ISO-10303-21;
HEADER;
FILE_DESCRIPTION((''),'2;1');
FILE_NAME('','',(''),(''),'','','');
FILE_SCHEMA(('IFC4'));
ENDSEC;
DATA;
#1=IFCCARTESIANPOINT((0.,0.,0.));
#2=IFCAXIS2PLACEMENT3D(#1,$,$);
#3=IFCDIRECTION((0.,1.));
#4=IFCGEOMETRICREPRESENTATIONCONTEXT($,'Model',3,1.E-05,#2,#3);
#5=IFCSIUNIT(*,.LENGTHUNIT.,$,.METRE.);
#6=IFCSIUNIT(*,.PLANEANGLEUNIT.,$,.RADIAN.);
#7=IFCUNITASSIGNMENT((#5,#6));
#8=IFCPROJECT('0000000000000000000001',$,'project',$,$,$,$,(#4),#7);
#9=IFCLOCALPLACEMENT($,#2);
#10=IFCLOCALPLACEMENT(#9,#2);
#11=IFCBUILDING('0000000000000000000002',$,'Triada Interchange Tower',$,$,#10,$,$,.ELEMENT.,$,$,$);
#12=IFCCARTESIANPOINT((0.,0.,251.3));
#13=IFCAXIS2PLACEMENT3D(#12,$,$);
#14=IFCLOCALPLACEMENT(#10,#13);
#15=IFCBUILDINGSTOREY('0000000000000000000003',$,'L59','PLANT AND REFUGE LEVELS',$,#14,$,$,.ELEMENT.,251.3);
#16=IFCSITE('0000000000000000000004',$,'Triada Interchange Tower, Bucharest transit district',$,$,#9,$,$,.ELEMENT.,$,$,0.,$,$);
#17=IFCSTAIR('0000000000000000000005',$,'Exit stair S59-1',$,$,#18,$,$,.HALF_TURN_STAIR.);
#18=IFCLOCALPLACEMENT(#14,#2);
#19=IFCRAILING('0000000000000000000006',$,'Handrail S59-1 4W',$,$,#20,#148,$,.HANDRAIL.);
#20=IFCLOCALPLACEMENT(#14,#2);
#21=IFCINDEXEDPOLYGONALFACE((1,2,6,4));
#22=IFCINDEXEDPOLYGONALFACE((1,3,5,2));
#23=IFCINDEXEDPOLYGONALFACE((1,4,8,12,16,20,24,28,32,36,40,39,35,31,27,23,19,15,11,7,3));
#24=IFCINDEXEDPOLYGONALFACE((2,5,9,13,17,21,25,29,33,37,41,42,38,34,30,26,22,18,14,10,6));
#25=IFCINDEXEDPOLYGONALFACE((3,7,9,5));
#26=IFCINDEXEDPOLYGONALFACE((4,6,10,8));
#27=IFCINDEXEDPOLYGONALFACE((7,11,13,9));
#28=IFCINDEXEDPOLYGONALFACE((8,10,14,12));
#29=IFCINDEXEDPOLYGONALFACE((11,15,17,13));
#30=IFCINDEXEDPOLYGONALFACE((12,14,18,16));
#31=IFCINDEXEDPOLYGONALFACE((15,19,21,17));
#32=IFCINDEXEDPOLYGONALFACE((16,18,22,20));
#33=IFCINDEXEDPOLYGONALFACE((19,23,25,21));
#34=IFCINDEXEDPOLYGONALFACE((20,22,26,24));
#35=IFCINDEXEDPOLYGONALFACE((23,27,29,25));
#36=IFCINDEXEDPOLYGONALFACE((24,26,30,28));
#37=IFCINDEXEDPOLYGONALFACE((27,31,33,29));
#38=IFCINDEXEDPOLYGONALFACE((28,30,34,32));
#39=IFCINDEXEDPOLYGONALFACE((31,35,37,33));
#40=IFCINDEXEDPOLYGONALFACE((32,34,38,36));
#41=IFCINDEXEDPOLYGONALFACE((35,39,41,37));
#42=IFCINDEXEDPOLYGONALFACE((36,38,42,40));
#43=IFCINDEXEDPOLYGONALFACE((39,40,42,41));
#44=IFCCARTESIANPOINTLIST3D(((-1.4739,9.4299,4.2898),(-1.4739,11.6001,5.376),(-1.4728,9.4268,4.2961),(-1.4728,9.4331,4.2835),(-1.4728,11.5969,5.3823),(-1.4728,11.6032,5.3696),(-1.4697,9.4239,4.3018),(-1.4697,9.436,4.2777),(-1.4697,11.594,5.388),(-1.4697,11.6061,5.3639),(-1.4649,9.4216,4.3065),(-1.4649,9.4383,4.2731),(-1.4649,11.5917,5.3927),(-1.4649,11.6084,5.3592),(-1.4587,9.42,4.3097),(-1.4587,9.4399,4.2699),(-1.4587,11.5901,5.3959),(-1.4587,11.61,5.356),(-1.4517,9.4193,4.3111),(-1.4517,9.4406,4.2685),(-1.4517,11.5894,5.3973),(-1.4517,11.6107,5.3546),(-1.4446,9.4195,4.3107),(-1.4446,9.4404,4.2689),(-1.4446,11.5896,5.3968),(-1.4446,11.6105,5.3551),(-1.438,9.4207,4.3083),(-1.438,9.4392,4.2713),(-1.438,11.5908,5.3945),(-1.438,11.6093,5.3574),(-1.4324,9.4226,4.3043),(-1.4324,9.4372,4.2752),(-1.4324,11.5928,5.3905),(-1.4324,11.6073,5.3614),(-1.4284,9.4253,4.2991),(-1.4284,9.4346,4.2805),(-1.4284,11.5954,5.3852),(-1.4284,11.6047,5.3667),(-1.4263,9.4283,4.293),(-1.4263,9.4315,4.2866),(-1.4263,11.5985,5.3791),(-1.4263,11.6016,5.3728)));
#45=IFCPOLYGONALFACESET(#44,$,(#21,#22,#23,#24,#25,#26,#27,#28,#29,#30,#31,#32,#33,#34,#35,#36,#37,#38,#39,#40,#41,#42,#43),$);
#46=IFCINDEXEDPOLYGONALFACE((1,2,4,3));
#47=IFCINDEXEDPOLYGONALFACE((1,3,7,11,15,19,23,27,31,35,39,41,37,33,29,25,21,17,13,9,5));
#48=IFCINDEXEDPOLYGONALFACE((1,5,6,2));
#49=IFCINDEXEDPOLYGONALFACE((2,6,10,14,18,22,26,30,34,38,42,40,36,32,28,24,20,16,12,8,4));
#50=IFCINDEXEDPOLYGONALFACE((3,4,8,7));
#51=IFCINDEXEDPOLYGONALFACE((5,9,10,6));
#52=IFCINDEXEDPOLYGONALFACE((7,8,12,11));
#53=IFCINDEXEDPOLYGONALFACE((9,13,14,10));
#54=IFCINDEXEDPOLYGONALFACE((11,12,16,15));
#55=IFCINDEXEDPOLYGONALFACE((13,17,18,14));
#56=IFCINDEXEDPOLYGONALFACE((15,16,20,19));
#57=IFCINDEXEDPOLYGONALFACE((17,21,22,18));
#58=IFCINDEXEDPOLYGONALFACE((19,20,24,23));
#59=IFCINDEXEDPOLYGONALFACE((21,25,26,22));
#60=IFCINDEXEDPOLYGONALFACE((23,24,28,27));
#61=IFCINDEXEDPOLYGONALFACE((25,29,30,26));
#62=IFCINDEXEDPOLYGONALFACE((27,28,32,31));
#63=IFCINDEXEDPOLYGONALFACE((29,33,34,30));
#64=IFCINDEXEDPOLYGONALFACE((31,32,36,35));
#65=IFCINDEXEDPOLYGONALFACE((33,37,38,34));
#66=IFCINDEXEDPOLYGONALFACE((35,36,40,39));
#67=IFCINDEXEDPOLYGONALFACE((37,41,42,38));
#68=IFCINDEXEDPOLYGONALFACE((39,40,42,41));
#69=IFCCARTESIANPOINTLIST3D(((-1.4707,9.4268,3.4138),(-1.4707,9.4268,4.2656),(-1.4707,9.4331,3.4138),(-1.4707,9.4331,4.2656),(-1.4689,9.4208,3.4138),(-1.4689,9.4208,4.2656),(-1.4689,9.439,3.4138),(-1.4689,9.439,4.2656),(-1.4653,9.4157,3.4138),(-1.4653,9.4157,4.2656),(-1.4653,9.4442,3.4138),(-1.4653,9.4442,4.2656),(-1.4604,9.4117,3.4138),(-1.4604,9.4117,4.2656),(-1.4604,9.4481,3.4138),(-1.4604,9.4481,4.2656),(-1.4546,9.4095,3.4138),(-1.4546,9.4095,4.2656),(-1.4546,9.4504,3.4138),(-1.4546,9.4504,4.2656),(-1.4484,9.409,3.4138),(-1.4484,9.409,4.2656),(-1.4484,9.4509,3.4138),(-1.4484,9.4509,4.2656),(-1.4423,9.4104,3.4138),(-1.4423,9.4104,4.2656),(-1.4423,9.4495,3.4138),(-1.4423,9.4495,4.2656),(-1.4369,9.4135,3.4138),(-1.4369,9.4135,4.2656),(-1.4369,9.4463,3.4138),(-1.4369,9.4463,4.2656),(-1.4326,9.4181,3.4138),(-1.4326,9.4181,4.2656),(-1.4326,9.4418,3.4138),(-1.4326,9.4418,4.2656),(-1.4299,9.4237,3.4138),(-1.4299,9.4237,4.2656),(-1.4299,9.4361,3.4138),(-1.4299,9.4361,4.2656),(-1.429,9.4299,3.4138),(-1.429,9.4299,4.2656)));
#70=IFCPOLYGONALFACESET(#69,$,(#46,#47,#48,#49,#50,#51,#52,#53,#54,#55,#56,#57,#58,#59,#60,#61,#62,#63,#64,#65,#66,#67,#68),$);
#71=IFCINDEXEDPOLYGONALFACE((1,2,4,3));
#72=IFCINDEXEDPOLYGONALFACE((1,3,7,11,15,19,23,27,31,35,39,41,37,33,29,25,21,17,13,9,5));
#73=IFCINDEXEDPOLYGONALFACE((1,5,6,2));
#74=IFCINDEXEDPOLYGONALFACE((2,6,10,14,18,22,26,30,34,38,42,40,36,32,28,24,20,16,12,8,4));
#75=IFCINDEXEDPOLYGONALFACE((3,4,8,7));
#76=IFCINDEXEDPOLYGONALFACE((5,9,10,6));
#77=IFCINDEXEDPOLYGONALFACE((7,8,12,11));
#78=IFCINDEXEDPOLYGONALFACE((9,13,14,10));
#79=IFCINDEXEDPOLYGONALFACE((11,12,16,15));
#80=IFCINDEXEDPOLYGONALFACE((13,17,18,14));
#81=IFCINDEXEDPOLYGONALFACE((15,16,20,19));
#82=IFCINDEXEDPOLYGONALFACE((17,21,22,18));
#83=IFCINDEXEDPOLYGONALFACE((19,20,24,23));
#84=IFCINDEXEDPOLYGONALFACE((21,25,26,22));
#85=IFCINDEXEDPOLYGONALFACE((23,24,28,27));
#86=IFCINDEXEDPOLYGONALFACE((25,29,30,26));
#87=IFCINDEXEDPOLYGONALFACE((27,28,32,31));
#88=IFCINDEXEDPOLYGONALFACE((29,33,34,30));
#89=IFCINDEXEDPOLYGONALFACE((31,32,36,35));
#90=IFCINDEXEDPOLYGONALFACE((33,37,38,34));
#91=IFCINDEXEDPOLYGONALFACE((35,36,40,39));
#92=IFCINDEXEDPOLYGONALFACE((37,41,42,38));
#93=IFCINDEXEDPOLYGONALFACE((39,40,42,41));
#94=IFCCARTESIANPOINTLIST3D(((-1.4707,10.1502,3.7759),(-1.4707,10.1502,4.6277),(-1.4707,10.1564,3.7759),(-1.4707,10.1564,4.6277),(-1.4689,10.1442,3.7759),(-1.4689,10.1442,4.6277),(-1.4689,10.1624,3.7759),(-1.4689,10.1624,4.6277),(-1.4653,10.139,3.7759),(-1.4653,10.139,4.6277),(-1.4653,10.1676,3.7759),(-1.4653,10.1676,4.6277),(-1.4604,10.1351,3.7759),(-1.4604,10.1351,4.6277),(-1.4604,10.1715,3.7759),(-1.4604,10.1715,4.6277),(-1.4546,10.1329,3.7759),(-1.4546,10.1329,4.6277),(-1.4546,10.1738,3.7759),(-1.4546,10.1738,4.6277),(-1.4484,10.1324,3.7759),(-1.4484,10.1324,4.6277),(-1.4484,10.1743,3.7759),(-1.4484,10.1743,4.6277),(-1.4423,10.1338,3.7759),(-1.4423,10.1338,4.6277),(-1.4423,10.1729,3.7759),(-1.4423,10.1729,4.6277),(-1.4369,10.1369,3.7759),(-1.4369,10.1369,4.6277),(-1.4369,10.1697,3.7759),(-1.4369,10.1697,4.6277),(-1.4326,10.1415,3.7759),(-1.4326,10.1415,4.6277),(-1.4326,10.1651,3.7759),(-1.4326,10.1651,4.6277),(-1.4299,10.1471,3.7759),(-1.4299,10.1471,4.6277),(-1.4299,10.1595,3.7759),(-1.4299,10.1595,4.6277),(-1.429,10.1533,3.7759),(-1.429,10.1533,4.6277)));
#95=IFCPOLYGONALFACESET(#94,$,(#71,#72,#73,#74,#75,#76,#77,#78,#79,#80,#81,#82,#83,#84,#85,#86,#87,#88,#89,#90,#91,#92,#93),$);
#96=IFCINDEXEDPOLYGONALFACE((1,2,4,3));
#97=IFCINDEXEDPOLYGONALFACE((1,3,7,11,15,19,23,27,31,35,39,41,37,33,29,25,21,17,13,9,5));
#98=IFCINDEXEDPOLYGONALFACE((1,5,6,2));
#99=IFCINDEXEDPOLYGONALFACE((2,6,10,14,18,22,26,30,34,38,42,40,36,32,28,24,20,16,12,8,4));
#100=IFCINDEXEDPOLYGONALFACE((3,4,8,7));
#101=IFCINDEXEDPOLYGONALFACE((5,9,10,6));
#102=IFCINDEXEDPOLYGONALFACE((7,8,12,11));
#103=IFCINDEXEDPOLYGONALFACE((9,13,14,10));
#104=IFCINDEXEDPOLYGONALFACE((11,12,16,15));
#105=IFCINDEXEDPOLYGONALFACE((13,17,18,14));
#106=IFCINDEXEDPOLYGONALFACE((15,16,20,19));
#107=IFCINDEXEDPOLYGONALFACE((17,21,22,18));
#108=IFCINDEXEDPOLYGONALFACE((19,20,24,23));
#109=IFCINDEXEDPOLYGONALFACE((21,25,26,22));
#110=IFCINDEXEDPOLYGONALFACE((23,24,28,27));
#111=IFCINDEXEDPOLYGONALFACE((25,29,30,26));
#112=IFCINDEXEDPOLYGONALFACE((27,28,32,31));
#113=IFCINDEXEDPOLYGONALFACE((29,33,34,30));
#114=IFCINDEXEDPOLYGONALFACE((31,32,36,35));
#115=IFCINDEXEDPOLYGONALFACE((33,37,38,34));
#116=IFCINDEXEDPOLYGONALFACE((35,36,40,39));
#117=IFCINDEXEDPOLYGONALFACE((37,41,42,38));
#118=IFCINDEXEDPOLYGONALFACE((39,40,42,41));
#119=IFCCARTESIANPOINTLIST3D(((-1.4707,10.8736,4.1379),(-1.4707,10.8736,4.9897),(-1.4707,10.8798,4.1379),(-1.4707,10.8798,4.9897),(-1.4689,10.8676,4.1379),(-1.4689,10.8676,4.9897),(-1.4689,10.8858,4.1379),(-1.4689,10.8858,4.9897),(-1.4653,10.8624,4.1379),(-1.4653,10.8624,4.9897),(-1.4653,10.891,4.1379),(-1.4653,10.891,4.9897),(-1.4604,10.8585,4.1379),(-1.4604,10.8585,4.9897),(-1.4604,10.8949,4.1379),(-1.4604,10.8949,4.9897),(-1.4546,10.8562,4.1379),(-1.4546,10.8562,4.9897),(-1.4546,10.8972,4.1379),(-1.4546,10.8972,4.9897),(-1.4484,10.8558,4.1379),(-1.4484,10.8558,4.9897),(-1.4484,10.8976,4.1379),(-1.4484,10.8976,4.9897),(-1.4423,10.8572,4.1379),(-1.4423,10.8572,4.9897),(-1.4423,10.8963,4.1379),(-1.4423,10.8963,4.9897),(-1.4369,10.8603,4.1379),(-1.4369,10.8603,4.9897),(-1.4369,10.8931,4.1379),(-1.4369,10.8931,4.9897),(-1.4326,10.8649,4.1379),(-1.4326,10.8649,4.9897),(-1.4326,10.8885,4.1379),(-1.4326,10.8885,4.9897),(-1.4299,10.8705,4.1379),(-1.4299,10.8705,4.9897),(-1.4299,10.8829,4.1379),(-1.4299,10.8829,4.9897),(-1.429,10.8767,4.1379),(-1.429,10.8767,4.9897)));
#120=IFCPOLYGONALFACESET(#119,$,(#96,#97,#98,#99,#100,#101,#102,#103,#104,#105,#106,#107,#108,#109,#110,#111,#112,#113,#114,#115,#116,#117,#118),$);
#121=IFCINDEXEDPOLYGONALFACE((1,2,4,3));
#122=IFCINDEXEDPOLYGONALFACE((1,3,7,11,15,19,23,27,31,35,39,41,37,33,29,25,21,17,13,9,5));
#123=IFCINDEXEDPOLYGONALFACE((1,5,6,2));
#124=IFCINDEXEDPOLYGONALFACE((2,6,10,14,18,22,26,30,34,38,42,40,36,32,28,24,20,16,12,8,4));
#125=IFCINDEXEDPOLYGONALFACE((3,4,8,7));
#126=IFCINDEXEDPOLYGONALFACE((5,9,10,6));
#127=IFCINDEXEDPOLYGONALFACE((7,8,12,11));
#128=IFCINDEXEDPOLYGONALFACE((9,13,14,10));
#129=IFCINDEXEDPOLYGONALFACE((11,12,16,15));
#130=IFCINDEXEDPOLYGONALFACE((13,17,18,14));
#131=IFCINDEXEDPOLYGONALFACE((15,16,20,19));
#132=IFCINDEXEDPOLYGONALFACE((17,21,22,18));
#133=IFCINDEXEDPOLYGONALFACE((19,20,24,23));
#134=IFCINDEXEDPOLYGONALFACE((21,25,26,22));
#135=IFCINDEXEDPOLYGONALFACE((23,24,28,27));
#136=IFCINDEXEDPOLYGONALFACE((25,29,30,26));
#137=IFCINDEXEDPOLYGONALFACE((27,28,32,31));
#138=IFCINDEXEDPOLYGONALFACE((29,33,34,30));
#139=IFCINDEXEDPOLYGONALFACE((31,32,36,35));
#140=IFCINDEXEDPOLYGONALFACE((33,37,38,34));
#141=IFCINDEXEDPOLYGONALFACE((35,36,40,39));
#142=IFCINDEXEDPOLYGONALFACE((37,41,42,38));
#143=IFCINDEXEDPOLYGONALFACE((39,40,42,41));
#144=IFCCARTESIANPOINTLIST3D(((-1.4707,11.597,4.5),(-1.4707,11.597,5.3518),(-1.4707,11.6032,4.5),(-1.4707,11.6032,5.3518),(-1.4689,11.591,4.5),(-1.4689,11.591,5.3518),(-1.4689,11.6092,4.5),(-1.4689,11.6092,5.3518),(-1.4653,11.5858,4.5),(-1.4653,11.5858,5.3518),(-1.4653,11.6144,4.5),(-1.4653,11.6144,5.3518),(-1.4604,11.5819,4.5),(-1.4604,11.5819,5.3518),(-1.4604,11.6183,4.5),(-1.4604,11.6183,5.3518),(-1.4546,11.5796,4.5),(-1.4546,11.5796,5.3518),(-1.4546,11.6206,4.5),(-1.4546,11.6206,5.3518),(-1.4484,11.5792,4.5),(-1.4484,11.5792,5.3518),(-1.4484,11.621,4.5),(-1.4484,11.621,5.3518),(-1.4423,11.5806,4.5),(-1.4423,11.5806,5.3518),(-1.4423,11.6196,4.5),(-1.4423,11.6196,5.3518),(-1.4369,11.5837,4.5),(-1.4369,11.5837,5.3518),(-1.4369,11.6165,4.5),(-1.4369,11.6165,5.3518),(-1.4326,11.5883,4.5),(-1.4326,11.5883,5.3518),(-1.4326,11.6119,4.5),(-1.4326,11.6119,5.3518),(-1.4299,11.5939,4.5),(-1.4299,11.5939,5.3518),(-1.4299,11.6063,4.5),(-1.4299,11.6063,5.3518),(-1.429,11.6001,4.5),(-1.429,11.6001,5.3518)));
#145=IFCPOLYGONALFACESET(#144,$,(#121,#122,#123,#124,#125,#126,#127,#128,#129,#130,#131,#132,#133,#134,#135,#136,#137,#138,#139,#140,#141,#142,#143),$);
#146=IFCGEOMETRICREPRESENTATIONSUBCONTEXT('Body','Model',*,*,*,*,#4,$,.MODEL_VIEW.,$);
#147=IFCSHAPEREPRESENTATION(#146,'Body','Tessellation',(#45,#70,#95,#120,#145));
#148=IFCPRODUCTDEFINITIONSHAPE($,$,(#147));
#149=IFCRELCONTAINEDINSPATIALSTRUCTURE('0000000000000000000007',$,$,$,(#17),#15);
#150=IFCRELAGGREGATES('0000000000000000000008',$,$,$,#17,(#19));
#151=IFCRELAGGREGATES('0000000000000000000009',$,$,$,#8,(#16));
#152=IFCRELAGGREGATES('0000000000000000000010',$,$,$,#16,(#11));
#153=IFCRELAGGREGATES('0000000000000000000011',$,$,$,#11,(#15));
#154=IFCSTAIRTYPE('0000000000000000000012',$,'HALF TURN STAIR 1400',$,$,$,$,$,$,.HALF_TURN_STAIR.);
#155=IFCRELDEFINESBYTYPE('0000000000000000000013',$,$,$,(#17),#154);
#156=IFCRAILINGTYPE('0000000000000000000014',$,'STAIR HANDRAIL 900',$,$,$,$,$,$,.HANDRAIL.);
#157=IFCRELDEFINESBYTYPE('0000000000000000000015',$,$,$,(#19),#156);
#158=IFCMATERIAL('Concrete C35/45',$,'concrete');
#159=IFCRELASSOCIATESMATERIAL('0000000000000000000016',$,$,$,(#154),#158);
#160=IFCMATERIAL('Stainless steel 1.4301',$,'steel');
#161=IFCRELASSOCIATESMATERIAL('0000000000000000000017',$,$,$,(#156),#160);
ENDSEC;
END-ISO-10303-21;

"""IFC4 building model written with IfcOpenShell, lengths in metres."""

from ifc_helpers import new_model, si_unit, direction, frame, origin, origin_2d, place, context, subcontext, project, spatial, circle, extrude, material, type_object, element, aggregate, save


model = new_model("IFC4")

# Units and contexts
model_context = context("Model", 3, precision=1e-05, world=origin(), true_north=direction((0.0, 1.0)))
body_context = subcontext(model_context, "Body", "Model", "MODEL_VIEW")
ifc_project = project(units=[si_unit("LENGTHUNIT", "METRE"), si_unit("PLANEANGLEUNIT", "RADIAN")], contexts=[model_context])

# Site, building, storey
site_placement = place(None, origin())
site = spatial("IfcSite", under=ifc_project, at=site_placement, Name="Triada Interchange Tower, Bucharest transit district", CompositionType="ELEMENT", RefElevation=0.0)
building_placement = place(site_placement, origin())
building = spatial("IfcBuilding", under=site, at=building_placement, Name="Triada Interchange Tower", CompositionType="ELEMENT")
storey_placement = place(building_placement, frame((0.0, 0.0, 251.3)))
storey = spatial("IfcBuildingStorey", under=building, at=storey_placement, Name="L59", Description="PLANT AND REFUGE LEVELS", CompositionType="ELEMENT", Elevation=251.3)

# Stair
ifc_material_1 = material(Name="Concrete C35/45", Category="concrete")
stair_type = type_object("IfcStairType", Name="HALF TURN STAIR 1400", PredefinedType="HALF_TURN_STAIR", material=ifc_material_1)
stair_placement = place(storey_placement, origin())
stair = element("IfcStair", 1, at=stair_placement, inside=storey, type_object=stair_type, Name="Exit stair S59-1", PredefinedType="HALF_TURN_STAIR")

# Railing
ifc_material_2 = material(Name="Stainless steel 1.4301", Category="steel")
railing_type = type_object("IfcRailingType", Name="STAIR HANDRAIL 900", PredefinedType="HANDRAIL", material=ifc_material_2)
railing_1_placement = place(storey_placement, frame((-1.45, 9.4299, 3.4138)))
railing_1 = element("IfcRailing", 2, at=railing_1_placement, type_object=railing_type, Name="Handrail S59-1 4W", PredefinedType="HANDRAIL", context=body_context, shape_type="SweptSolid", body=[
    extrude(circle(Radius=0.0239, at=origin_2d()), frame((0.0, 0.0, 0.876), z_axis=(0.0, 0.894246, 0.447576), x_axis=(-1.0, 0.0, 0.0)), (0.0, 0.0, 1.0), 2.4268),
    extrude(circle(Radius=0.021, at=origin_2d()), origin(), (0.0, 0.0, 1.0), 0.8518),
    extrude(circle(Radius=0.021, at=origin_2d()), frame((0.0, 0.7234, 0.3621)), (0.0, 0.0, 1.0), 0.8518),
    extrude(circle(Radius=0.021, at=origin_2d()), frame((0.0, 1.4468, 0.7241)), (0.0, 0.0, 1.0), 0.8518),
    extrude(circle(Radius=0.021, at=origin_2d()), frame((0.0, 2.1702, 1.0862)), (0.0, 0.0, 1.0), 0.8518),
])
aggregate(stair, [railing_1])

save(model, "model.ifc")
